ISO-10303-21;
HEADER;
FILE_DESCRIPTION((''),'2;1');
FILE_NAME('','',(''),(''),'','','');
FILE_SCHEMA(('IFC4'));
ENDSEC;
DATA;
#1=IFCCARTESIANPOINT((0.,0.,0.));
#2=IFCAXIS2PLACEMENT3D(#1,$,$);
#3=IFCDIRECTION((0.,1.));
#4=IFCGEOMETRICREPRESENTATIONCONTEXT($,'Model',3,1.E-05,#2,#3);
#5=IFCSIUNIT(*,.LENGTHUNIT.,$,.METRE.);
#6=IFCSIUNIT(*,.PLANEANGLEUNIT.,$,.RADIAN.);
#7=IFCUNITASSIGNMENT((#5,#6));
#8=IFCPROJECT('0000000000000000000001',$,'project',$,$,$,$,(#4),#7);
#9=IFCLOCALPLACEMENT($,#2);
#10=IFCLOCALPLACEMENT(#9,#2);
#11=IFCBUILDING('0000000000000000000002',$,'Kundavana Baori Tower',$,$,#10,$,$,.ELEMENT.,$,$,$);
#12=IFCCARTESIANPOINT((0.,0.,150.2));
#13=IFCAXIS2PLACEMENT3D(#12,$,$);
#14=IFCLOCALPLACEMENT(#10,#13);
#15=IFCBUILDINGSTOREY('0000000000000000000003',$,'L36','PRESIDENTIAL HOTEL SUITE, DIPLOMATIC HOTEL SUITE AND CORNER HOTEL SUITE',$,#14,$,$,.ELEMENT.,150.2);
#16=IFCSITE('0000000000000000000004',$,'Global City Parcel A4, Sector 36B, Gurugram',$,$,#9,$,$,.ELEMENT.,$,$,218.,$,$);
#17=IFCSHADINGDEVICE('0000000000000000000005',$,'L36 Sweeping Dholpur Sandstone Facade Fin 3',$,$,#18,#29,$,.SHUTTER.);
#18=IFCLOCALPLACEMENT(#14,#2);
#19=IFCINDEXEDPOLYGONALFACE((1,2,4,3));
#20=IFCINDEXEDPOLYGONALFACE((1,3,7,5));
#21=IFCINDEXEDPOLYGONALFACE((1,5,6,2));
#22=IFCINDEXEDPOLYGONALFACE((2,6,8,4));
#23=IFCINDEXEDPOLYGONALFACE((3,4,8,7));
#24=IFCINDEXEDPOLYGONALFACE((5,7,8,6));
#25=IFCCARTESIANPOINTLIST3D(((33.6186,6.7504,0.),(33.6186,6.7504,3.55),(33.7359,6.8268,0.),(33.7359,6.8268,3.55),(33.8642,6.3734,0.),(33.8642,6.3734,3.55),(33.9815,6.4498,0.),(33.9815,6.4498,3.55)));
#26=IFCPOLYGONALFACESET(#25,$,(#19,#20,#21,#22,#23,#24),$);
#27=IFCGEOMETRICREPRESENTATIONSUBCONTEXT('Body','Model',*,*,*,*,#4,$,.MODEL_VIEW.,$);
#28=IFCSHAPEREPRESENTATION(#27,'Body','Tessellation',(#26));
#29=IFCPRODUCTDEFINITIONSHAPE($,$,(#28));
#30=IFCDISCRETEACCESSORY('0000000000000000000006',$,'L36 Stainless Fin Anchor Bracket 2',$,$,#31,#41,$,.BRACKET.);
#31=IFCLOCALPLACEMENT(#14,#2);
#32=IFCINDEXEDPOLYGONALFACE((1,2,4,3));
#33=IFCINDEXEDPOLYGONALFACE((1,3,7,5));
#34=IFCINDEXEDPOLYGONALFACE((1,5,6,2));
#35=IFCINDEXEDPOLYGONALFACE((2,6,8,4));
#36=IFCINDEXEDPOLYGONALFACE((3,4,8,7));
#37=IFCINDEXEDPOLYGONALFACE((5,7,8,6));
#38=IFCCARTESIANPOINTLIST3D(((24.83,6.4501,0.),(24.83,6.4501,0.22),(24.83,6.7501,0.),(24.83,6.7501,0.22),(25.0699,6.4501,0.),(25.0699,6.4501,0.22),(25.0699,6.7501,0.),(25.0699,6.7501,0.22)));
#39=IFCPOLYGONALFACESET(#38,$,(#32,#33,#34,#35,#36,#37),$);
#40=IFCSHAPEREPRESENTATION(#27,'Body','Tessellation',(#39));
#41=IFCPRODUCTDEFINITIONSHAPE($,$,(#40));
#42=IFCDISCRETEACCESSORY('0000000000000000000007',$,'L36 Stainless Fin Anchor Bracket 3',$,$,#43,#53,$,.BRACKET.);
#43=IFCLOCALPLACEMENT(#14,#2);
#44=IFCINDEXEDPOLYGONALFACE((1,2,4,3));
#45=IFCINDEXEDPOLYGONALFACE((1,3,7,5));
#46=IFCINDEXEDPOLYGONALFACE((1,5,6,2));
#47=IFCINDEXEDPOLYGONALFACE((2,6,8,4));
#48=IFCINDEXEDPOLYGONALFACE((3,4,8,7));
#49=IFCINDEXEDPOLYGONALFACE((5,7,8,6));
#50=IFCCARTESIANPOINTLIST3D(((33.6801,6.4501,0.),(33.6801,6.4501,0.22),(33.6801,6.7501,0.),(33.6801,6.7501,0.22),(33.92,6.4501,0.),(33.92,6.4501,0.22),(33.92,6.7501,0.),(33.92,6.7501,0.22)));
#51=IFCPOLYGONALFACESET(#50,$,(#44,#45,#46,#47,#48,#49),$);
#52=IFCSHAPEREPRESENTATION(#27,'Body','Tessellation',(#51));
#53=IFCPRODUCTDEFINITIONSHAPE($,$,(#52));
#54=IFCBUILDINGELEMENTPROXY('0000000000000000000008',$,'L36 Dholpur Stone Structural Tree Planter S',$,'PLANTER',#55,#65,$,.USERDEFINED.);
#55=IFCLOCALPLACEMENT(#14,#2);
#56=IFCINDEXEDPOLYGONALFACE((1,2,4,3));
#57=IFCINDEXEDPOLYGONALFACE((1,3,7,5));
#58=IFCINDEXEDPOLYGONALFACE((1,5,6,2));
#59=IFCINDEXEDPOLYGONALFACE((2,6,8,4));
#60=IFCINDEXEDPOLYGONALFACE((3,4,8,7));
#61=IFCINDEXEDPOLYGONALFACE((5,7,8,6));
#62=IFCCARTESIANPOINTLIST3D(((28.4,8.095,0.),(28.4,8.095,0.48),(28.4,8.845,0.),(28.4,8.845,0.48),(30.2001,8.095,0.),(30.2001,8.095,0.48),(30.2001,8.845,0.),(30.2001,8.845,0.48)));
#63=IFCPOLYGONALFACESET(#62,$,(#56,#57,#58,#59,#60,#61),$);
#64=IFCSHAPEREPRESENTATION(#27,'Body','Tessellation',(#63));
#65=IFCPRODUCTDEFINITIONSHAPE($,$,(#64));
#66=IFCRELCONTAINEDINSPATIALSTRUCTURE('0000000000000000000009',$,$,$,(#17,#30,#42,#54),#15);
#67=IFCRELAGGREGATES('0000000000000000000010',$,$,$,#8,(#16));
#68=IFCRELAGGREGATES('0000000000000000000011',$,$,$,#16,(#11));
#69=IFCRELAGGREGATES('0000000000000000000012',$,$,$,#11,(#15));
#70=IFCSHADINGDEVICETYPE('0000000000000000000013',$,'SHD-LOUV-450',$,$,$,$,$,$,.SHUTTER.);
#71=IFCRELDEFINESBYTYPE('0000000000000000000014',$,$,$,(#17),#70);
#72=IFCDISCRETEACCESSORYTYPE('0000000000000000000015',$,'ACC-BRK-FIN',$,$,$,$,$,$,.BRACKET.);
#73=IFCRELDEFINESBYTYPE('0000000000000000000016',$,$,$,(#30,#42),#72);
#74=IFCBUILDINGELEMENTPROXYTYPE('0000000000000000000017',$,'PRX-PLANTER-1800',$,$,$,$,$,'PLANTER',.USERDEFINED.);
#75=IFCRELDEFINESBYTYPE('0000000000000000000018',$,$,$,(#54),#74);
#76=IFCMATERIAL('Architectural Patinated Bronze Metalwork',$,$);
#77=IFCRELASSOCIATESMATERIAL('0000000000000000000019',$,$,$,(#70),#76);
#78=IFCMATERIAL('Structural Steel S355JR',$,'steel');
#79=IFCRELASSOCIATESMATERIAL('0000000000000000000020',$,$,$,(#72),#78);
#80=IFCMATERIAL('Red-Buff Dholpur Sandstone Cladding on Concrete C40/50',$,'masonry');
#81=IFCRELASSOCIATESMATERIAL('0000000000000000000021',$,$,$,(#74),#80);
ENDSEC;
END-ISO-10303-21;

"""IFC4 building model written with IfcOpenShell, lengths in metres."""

from ifc_helpers import new_model, si_unit, direction, frame, origin, origin_2d, place, context, subcontext, project, spatial, rectangle, extrude, material, type_object, element, save


model = new_model("IFC4")

# Units and contexts
model_context = context("Model", 3, precision=1e-05, world=origin(), true_north=direction((0.0, 1.0)))
body_context = subcontext(model_context, "Body", "Model", "MODEL_VIEW")
ifc_project = project(units=[si_unit("LENGTHUNIT", "METRE"), si_unit("PLANEANGLEUNIT", "RADIAN")], contexts=[model_context])

# Site, building, storey
site_placement = place(None, origin())
site = spatial("IfcSite", under=ifc_project, at=site_placement, Name="Global City Parcel A4, Sector 36B, Gurugram", CompositionType="ELEMENT", RefElevation=218.0)
building_placement = place(site_placement, origin())
building = spatial("IfcBuilding", under=site, at=building_placement, Name="Kundavana Baori Tower", CompositionType="ELEMENT")
storey_placement = place(building_placement, frame((0.0, 0.0, 150.2)))
storey = spatial("IfcBuildingStorey", under=building, at=storey_placement, Name="L36", Description="PRESIDENTIAL HOTEL SUITE, DIPLOMATIC HOTEL SUITE AND CORNER HOTEL SUITE", CompositionType="ELEMENT", Elevation=150.2)

# Shading device
ifc_material_1 = material(Name="Architectural Patinated Bronze Metalwork")
shading_device_type_1 = type_object("IfcShadingDeviceType", Name="SHD-LOUV-450", PredefinedType="SHUTTER", material=ifc_material_1)
shading_device_1_placement = place(storey_placement, frame((33.8, 6.6001, 0.0), z_axis=(0.0, 0.0, 1.0), x_axis=(0.837909, 0.54581, 0.0)))
element("IfcShadingDevice", 1, at=shading_device_1_placement, inside=storey, type_object=shading_device_type_1, Name="L36 Sweeping Dholpur Sandstone Facade Fin 3", PredefinedType="SHUTTER", context=body_context, shape_type="SweptSolid", body=[
    extrude(rectangle(XDim=0.1399, YDim=0.45, at=origin_2d()), origin(), (0.0, 0.0, 1.0), 3.55),
])

# Discrete accessories
ifc_material_2 = material(Name="Structural Steel S355JR", Category="steel")
discrete_accessory_type = type_object("IfcDiscreteAccessoryType", Name="ACC-BRK-FIN", PredefinedType="BRACKET", material=ifc_material_2)
for number, where, z_axis, x_axis, name in (
    (2, (24.95, 6.6001, 0.0), (0.0, 0.0, 1.0), (1.0, 0.0, 0.0), "L36 Stainless Fin Anchor Bracket 2"),
    (3, (33.8, 6.6001, 0.0), (0.0, 0.0, 1.0), (1.0, 0.0, 0.0), "L36 Stainless Fin Anchor Bracket 3"),
):
    element("IfcDiscreteAccessory", number, at=place(storey_placement, frame(where, z_axis=z_axis, x_axis=x_axis)), inside=storey, type_object=discrete_accessory_type, Name=name, PredefinedType="BRACKET", context=body_context, shape_type="SweptSolid", body=[
        extrude(rectangle(XDim=0.24, YDim=0.3, at=origin_2d()), origin(), (0.0, 0.0, 1.0), 0.22),
    ])

# Building element proxy
ifc_material_3 = material(Name="Red-Buff Dholpur Sandstone Cladding on Concrete C40/50", Category="masonry")
building_element_proxy_type = type_object("IfcBuildingElementProxyType", Name="PRX-PLANTER-1800", ElementType="PLANTER", PredefinedType="USERDEFINED", material=ifc_material_3)
proxy_placement = place(storey_placement, frame((29.3, 8.47, 0.0), z_axis=(0.0, 0.0, 1.0), x_axis=(1.0, 0.0, 0.0)))
element("IfcBuildingElementProxy", 4, at=proxy_placement, inside=storey, type_object=building_element_proxy_type, Name="L36 Dholpur Stone Structural Tree Planter S", ObjectType="PLANTER", PredefinedType="USERDEFINED", context=body_context, shape_type="SweptSolid", body=[
    extrude(rectangle(XDim=1.8, YDim=0.75, at=origin_2d()), origin(), (0.0, 0.0, 1.0), 0.48),
])

save(model, "model.ifc")
